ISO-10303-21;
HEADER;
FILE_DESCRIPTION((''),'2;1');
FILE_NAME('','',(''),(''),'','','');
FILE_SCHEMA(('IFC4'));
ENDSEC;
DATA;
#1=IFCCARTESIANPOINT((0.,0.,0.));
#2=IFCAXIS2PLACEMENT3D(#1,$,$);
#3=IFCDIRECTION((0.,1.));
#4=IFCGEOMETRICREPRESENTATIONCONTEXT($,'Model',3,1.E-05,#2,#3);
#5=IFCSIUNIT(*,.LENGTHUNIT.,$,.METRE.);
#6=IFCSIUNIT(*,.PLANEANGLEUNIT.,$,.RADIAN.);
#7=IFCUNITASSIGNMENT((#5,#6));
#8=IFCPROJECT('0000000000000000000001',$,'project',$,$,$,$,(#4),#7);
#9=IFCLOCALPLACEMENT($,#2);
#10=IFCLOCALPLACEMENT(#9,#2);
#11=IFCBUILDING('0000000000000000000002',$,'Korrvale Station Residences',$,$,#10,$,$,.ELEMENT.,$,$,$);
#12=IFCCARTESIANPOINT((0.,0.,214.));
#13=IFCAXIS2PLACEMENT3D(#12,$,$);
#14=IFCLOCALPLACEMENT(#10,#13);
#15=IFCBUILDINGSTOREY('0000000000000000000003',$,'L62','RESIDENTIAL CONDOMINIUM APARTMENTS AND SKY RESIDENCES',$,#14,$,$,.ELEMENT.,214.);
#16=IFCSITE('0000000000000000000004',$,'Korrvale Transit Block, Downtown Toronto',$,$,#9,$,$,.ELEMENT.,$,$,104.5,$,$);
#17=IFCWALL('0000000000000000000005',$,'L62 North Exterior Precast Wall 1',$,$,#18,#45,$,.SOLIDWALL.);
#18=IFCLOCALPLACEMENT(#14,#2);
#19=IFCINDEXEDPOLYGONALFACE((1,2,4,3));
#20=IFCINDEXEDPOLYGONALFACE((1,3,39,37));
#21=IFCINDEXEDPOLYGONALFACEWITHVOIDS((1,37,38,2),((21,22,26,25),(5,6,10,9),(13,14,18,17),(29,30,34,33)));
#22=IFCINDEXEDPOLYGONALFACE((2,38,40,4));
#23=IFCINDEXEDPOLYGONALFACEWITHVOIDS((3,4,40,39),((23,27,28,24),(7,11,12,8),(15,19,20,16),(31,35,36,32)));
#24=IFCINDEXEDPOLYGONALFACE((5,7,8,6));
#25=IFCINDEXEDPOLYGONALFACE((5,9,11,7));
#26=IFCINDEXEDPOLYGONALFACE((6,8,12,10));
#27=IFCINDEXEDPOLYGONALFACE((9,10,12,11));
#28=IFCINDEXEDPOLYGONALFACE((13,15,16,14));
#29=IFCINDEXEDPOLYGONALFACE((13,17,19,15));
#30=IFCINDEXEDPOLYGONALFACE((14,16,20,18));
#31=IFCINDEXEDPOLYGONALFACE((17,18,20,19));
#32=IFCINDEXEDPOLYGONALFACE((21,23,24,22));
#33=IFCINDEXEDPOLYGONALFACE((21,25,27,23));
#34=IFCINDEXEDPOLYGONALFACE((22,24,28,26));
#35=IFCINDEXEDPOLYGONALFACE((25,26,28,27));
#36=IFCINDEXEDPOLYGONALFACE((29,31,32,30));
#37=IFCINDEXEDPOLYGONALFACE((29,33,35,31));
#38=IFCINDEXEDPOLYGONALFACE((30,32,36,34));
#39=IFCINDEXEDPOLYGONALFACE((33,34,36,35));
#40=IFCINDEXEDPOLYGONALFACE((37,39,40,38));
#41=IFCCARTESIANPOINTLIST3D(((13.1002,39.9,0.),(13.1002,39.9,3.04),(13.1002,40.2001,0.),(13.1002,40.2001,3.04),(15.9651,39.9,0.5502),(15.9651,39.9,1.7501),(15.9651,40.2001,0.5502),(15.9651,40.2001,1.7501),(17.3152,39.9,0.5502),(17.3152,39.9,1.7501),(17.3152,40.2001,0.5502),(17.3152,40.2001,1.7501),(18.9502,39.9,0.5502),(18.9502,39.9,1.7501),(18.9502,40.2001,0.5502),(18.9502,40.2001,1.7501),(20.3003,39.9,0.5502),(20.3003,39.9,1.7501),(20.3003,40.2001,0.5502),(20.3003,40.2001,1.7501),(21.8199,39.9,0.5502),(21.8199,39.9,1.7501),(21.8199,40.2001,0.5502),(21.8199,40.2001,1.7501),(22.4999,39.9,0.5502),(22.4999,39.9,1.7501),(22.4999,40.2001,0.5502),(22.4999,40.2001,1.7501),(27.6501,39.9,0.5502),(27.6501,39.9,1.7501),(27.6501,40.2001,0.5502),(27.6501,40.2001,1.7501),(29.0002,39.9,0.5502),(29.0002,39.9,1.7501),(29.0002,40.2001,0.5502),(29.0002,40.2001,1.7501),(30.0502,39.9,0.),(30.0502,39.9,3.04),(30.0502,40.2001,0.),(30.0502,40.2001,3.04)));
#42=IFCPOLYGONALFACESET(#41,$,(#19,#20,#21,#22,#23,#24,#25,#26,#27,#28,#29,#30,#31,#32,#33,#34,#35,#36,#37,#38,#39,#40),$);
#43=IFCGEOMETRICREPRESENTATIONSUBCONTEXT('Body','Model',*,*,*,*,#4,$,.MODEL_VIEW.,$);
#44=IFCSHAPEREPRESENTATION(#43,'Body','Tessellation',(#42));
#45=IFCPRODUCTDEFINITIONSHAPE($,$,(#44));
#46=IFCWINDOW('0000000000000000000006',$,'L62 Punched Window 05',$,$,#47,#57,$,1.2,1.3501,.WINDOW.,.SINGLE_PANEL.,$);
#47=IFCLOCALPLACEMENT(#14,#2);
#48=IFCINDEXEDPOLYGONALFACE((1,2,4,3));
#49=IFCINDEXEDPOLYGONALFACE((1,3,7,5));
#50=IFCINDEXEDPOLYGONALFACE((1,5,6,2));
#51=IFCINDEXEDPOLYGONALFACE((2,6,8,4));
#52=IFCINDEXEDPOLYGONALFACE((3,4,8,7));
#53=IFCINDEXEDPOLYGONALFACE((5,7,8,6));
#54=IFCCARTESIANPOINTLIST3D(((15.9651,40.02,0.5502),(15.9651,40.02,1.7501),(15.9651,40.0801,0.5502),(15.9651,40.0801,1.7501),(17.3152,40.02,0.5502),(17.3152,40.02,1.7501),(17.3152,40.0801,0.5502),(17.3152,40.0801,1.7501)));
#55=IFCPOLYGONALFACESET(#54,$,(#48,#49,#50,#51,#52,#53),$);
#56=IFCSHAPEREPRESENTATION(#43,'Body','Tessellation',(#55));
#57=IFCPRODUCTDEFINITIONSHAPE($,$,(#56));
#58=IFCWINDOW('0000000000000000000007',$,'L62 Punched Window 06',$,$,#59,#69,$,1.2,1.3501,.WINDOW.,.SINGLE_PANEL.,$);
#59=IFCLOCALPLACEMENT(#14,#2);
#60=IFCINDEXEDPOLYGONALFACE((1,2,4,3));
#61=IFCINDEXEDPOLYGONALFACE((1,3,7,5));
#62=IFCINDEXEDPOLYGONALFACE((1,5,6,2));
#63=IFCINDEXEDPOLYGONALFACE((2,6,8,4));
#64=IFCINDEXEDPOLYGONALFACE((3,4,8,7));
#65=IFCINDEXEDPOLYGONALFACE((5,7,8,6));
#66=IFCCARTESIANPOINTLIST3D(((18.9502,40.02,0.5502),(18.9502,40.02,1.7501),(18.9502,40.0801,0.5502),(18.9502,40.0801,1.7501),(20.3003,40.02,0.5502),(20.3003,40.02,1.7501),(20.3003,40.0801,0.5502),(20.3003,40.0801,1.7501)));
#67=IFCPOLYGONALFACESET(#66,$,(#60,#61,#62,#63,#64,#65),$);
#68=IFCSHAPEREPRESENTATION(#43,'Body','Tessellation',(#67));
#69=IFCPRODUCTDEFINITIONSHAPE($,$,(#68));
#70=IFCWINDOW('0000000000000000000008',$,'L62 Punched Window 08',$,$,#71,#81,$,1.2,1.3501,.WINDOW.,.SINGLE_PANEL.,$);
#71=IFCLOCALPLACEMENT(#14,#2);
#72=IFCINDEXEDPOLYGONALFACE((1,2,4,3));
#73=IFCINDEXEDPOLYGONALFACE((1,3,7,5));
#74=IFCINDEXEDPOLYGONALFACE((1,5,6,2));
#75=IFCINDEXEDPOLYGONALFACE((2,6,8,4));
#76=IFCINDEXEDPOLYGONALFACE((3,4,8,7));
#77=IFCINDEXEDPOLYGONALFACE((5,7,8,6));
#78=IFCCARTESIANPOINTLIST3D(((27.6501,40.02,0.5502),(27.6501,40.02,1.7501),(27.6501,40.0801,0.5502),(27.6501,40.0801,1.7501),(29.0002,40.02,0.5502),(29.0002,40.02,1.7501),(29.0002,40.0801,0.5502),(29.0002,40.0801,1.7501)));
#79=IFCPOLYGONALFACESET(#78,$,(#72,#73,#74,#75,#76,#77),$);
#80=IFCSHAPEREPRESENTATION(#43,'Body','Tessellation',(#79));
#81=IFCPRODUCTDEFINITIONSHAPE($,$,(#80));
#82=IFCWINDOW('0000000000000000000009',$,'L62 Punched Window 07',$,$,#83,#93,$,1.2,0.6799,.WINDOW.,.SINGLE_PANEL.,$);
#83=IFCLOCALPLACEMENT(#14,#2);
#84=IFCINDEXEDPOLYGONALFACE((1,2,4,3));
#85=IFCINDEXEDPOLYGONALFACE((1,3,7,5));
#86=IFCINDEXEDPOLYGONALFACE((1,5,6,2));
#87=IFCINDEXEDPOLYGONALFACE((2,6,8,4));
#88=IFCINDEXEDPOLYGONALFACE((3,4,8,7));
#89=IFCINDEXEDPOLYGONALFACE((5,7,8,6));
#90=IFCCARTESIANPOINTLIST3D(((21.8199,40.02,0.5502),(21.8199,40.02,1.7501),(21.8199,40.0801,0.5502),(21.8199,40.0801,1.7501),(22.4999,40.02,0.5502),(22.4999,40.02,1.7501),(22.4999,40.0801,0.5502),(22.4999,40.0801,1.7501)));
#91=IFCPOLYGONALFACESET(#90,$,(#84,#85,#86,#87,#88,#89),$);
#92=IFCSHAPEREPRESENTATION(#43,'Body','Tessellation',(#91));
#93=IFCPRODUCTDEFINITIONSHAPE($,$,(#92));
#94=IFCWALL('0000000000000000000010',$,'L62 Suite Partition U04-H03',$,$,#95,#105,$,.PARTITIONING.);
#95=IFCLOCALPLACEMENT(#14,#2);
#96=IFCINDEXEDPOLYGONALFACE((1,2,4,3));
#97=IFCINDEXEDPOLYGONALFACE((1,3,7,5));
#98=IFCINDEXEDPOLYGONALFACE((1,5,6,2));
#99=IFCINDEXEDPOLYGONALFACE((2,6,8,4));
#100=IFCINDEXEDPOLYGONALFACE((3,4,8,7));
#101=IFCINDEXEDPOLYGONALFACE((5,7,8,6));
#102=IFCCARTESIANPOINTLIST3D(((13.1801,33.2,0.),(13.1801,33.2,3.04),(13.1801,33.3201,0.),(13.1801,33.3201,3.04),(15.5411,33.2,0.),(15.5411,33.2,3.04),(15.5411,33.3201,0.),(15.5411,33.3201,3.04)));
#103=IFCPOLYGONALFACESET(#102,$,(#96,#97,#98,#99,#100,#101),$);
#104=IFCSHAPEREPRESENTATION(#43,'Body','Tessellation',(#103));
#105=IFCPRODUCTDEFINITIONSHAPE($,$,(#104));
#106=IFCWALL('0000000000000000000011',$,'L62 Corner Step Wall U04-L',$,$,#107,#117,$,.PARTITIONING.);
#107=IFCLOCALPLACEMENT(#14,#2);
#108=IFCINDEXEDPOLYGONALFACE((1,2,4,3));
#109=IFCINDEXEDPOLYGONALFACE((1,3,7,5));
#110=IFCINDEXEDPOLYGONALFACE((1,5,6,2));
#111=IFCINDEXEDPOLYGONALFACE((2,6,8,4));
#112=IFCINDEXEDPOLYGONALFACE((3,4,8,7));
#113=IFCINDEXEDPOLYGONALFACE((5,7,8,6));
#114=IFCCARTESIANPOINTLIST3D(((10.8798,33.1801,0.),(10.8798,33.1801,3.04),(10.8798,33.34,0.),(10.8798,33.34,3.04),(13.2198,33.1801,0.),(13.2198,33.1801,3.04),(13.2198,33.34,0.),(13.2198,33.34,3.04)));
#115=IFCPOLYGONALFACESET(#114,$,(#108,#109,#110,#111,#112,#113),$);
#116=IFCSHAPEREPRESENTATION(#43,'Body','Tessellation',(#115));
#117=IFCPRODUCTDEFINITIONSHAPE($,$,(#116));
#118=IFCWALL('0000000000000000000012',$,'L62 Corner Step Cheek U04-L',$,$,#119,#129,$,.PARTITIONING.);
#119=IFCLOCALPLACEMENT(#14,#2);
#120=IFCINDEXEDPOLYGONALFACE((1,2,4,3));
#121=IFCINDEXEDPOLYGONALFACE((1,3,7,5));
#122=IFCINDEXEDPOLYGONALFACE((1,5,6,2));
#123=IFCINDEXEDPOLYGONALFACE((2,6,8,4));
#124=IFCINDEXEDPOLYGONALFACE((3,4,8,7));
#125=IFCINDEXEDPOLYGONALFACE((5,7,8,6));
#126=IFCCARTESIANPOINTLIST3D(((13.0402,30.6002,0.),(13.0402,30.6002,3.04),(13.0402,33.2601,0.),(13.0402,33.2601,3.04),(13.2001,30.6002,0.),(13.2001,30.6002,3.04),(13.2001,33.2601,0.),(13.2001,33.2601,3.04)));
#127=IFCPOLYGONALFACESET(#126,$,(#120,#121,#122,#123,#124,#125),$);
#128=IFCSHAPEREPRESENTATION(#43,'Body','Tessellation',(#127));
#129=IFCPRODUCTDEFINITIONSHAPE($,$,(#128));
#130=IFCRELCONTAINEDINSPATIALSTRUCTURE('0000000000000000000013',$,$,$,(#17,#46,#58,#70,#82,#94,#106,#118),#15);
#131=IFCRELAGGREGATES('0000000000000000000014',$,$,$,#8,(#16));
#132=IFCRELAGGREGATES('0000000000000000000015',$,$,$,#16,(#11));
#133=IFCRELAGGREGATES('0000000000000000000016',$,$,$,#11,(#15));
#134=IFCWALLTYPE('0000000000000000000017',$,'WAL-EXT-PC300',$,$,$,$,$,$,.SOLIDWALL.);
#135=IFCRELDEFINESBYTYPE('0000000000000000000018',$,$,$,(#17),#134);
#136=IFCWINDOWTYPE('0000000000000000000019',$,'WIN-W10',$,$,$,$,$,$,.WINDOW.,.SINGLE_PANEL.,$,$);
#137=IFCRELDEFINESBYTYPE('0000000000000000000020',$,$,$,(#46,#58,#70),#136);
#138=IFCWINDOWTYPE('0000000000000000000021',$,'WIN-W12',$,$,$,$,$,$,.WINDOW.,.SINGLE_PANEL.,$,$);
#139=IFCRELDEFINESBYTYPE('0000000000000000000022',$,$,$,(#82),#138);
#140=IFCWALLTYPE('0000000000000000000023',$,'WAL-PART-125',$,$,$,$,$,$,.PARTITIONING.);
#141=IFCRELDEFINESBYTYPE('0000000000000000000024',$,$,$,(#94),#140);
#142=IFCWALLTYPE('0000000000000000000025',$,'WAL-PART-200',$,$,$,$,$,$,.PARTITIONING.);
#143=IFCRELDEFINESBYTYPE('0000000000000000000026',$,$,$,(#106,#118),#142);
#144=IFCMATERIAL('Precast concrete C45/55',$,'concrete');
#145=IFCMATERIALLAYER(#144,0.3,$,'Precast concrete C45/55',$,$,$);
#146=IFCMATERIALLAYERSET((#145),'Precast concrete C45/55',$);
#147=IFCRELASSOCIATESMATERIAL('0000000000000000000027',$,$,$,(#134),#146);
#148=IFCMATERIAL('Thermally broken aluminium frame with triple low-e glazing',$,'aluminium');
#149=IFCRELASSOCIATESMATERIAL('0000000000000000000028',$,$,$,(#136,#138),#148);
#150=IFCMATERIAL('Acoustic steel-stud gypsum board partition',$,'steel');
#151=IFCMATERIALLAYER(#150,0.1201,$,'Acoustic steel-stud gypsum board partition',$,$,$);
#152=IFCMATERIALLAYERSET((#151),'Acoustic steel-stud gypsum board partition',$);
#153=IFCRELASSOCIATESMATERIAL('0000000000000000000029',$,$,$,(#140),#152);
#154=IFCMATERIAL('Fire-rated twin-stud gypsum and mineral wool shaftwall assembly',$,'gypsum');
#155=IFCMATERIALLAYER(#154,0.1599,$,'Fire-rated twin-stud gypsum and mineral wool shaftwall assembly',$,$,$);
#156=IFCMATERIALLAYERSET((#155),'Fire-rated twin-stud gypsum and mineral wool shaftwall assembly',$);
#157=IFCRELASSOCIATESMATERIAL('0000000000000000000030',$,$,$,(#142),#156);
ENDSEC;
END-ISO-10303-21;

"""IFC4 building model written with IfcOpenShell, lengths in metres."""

from ifc_helpers import new_model, si_unit, direction, frame, frame_2d, origin, place, context, subcontext, project, spatial, rectangle, extrude, material, layer, layer_set, type_object, element, fill, save


model = new_model("IFC4")

# Units and contexts
model_context = context("Model", 3, precision=1e-05, world=origin(), true_north=direction((0.0, 1.0)))
body_context = subcontext(model_context, "Body", "Model", "MODEL_VIEW")
ifc_project = project(units=[si_unit("LENGTHUNIT", "METRE"), si_unit("PLANEANGLEUNIT", "RADIAN")], contexts=[model_context])

# Site, building, storey
site_placement = place(None, origin())
site = spatial("IfcSite", under=ifc_project, at=site_placement, Name="Korrvale Transit Block, Downtown Toronto", CompositionType="ELEMENT", RefElevation=104.5)
building_placement = place(site_placement, origin())
building = spatial("IfcBuilding", under=site, at=building_placement, Name="Korrvale Station Residences", CompositionType="ELEMENT")
storey_placement = place(building_placement, frame((0.0, 0.0, 214.0)))
storey = spatial("IfcBuildingStorey", under=building, at=storey_placement, Name="L62", Description="RESIDENTIAL CONDOMINIUM APARTMENTS AND SKY RESIDENCES", CompositionType="ELEMENT", Elevation=214.0)

# Shared definitions
ifc_material_1 = material(Name="Precast concrete C45/55", Category="concrete")

# Wall, openings, windows
ifc_layer_1 = layer(ifc_material_1, 0.3, Name="Precast concrete C45/55")
ifc_layer_set_1 = layer_set([ifc_layer_1], Name="Precast concrete C45/55")
wall_type_1 = type_object("IfcWallType", Name="WAL-EXT-PC300", PredefinedType="SOLIDWALL", material=ifc_layer_set_1)
wall_1_placement = place(storey_placement, frame((13.1001, 40.05, 0.0), z_axis=(0.0, 0.0, 1.0), x_axis=(1.0, 0.0, 0.0)))
wall_1 = element("IfcWall", 1, at=wall_1_placement, inside=storey, type_object=wall_type_1, Name="L62 North Exterior Precast Wall 1", PredefinedType="SOLIDWALL", context=body_context, shape_type="SweptSolid", body=[
    extrude(rectangle(XDim=16.95, YDim=0.3, at=frame_2d((8.4751, 0.0))), origin(), (0.0, 0.0, 1.0), 3.04),
])
opening_1_placement = place(wall_1_placement, frame((2.865, 0.0, 0.55)))
opening_1 = element("IfcOpeningElement", 2, at=opening_1_placement, cuts=wall_1, PredefinedType="OPENING", context=body_context, shape_type="SweptSolid", body=[
    extrude(rectangle(XDim=1.3501, YDim=1.2, at=frame_2d((0.675, 0.6001))), frame((0.0, 0.1602, 0.0), z_axis=(0.0, -1.0, 0.0), x_axis=(1.0, 0.0, 0.0)), (0.0, 0.0, 1.0), 0.3201),
])
opening_2_placement = place(wall_1_placement, frame((5.8501, 0.0, 0.55)))
opening_2 = element("IfcOpeningElement", 3, at=opening_2_placement, cuts=wall_1, PredefinedType="OPENING", context=body_context, shape_type="SweptSolid", body=[
    extrude(rectangle(XDim=1.3501, YDim=1.2, at=frame_2d((0.675, 0.6001))), frame((0.0, 0.1602, 0.0), z_axis=(0.0, -1.0, 0.0), x_axis=(1.0, 0.0, 0.0)), (0.0, 0.0, 1.0), 0.3201),
])
opening_3_placement = place(wall_1_placement, frame((8.72, 0.0, 0.55)))
opening_3 = element("IfcOpeningElement", 4, at=opening_3_placement, cuts=wall_1, PredefinedType="OPENING", context=body_context, shape_type="SweptSolid", body=[
    extrude(rectangle(XDim=0.6799, YDim=1.2, at=frame_2d((0.3398, 0.6001))), frame((0.0, 0.1602, 0.0), z_axis=(0.0, -1.0, 0.0), x_axis=(1.0, 0.0, 0.0)), (0.0, 0.0, 1.0), 0.3201),
])
opening_4_placement = place(wall_1_placement, frame((14.55, 0.0, 0.55)))
opening_4 = element("IfcOpeningElement", 5, at=opening_4_placement, cuts=wall_1, PredefinedType="OPENING", context=body_context, shape_type="SweptSolid", body=[
    extrude(rectangle(XDim=1.3501, YDim=1.2, at=frame_2d((0.675, 0.6001))), frame((0.0, 0.1602, 0.0), z_axis=(0.0, -1.0, 0.0), x_axis=(1.0, 0.0, 0.0)), (0.0, 0.0, 1.0), 0.3201),
])
ifc_material_2 = material(Name="Thermally broken aluminium frame with triple low-e glazing", Category="aluminium")
window_type_1 = type_object("IfcWindowType", Name="WIN-W10", PartitioningType="SINGLE_PANEL", PredefinedType="WINDOW", material=ifc_material_2)
window_1_placement = place(opening_1_placement, origin())
window_1 = element("IfcWindow", 6, at=window_1_placement, inside=storey, type_object=window_type_1, Name="L62 Punched Window 05", OverallHeight=1.2, OverallWidth=1.3501, PartitioningType="SINGLE_PANEL", PredefinedType="WINDOW", context=body_context, shape_type="SweptSolid", body=[
    extrude(rectangle(XDim=1.3501, YDim=1.2, at=frame_2d((0.675, 0.6001))), frame((0.0, 0.03, 0.0), z_axis=(0.0, -1.0, 0.0), x_axis=(1.0, 0.0, 0.0)), (0.0, 0.0, 1.0), 0.0601),
])
fill(opening_1, window_1)
window_2_placement = place(opening_2_placement, origin())
window_2 = element("IfcWindow", 7, at=window_2_placement, inside=storey, type_object=window_type_1, Name="L62 Punched Window 06", OverallHeight=1.2, OverallWidth=1.3501, PartitioningType="SINGLE_PANEL", PredefinedType="WINDOW", context=body_context, shape_type="SweptSolid", body=[
    extrude(rectangle(XDim=1.3501, YDim=1.2, at=frame_2d((0.675, 0.6001))), frame((0.0, 0.03, 0.0), z_axis=(0.0, -1.0, 0.0), x_axis=(1.0, 0.0, 0.0)), (0.0, 0.0, 1.0), 0.0601),
])
fill(opening_2, window_2)
window_3_placement = place(opening_4_placement, origin())
window_3 = element("IfcWindow", 8, at=window_3_placement, inside=storey, type_object=window_type_1, Name="L62 Punched Window 08", OverallHeight=1.2, OverallWidth=1.3501, PartitioningType="SINGLE_PANEL", PredefinedType="WINDOW", context=body_context, shape_type="SweptSolid", body=[
    extrude(rectangle(XDim=1.3501, YDim=1.2, at=frame_2d((0.675, 0.6001))), frame((0.0, 0.03, 0.0), z_axis=(0.0, -1.0, 0.0), x_axis=(1.0, 0.0, 0.0)), (0.0, 0.0, 1.0), 0.0601),
])
fill(opening_4, window_3)
window_type_2 = type_object("IfcWindowType", Name="WIN-W12", PartitioningType="SINGLE_PANEL", PredefinedType="WINDOW", material=ifc_material_2)
window_4_placement = place(opening_3_placement, origin())
window_4 = element("IfcWindow", 9, at=window_4_placement, inside=storey, type_object=window_type_2, Name="L62 Punched Window 07", OverallHeight=1.2, OverallWidth=0.6799, PartitioningType="SINGLE_PANEL", PredefinedType="WINDOW", context=body_context, shape_type="SweptSolid", body=[
    extrude(rectangle(XDim=0.6799, YDim=1.2, at=frame_2d((0.3398, 0.6001))), frame((0.0, 0.03, 0.0), z_axis=(0.0, -1.0, 0.0), x_axis=(1.0, 0.0, 0.0)), (0.0, 0.0, 1.0), 0.0601),
])
fill(opening_3, window_4)

# Walls
ifc_material_3 = material(Name="Acoustic steel-stud gypsum board partition", Category="steel")
ifc_layer_2 = layer(ifc_material_3, 0.1201, Name="Acoustic steel-stud gypsum board partition")
ifc_layer_set_2 = layer_set([ifc_layer_2], Name="Acoustic steel-stud gypsum board partition")
wall_type_2 = type_object("IfcWallType", Name="WAL-PART-125", PredefinedType="PARTITIONING", material=ifc_layer_set_2)
wall_2_placement = place(storey_placement, frame((13.1799, 33.26, 0.0), z_axis=(0.0, 0.0, 1.0), x_axis=(1.0, 0.0, 0.0)))
element("IfcWall", 10, at=wall_2_placement, inside=storey, type_object=wall_type_2, Name="L62 Suite Partition U04-H03", PredefinedType="PARTITIONING", context=body_context, shape_type="SweptSolid", body=[
    extrude(rectangle(XDim=2.3611, YDim=0.1201, at=frame_2d((1.1807, 0.0))), origin(), (0.0, 0.0, 1.0), 3.04),
])
ifc_material_4 = material(Name="Fire-rated twin-stud gypsum and mineral wool shaftwall assembly", Category="gypsum")
ifc_layer_3 = layer(ifc_material_4, 0.1599, Name="Fire-rated twin-stud gypsum and mineral wool shaftwall assembly")
ifc_layer_set_3 = layer_set([ifc_layer_3], Name="Fire-rated twin-stud gypsum and mineral wool shaftwall assembly")
wall_type_3 = type_object("IfcWallType", Name="WAL-PART-200", PredefinedType="PARTITIONING", material=ifc_layer_set_3)
wall_3_placement = place(storey_placement, frame((10.8799, 33.26, 0.0), z_axis=(0.0, 0.0, 1.0), x_axis=(1.0, 0.0, 0.0)))
element("IfcWall", 11, at=wall_3_placement, inside=storey, type_object=wall_type_3, Name="L62 Corner Step Wall U04-L", PredefinedType="PARTITIONING", context=body_context, shape_type="SweptSolid", body=[
    extrude(rectangle(XDim=2.3401, YDim=0.1599, at=frame_2d((1.1699, 0.0))), origin(), (0.0, 0.0, 1.0), 3.04),
])
wall_4_placement = place(storey_placement, frame((13.1201, 30.6001, 0.0), z_axis=(0.0, 0.0, 1.0), x_axis=(0.0, 1.0, 0.0)))
element("IfcWall", 12, at=wall_4_placement, inside=storey, type_object=wall_type_3, Name="L62 Corner Step Cheek U04-L", PredefinedType="PARTITIONING", context=body_context, shape_type="SweptSolid", body=[
    extrude(rectangle(XDim=2.6599, YDim=0.1599, at=frame_2d((1.3301, 0.0))), origin(), (0.0, 0.0, 1.0), 3.04),
])

save(model, "model.ifc")
